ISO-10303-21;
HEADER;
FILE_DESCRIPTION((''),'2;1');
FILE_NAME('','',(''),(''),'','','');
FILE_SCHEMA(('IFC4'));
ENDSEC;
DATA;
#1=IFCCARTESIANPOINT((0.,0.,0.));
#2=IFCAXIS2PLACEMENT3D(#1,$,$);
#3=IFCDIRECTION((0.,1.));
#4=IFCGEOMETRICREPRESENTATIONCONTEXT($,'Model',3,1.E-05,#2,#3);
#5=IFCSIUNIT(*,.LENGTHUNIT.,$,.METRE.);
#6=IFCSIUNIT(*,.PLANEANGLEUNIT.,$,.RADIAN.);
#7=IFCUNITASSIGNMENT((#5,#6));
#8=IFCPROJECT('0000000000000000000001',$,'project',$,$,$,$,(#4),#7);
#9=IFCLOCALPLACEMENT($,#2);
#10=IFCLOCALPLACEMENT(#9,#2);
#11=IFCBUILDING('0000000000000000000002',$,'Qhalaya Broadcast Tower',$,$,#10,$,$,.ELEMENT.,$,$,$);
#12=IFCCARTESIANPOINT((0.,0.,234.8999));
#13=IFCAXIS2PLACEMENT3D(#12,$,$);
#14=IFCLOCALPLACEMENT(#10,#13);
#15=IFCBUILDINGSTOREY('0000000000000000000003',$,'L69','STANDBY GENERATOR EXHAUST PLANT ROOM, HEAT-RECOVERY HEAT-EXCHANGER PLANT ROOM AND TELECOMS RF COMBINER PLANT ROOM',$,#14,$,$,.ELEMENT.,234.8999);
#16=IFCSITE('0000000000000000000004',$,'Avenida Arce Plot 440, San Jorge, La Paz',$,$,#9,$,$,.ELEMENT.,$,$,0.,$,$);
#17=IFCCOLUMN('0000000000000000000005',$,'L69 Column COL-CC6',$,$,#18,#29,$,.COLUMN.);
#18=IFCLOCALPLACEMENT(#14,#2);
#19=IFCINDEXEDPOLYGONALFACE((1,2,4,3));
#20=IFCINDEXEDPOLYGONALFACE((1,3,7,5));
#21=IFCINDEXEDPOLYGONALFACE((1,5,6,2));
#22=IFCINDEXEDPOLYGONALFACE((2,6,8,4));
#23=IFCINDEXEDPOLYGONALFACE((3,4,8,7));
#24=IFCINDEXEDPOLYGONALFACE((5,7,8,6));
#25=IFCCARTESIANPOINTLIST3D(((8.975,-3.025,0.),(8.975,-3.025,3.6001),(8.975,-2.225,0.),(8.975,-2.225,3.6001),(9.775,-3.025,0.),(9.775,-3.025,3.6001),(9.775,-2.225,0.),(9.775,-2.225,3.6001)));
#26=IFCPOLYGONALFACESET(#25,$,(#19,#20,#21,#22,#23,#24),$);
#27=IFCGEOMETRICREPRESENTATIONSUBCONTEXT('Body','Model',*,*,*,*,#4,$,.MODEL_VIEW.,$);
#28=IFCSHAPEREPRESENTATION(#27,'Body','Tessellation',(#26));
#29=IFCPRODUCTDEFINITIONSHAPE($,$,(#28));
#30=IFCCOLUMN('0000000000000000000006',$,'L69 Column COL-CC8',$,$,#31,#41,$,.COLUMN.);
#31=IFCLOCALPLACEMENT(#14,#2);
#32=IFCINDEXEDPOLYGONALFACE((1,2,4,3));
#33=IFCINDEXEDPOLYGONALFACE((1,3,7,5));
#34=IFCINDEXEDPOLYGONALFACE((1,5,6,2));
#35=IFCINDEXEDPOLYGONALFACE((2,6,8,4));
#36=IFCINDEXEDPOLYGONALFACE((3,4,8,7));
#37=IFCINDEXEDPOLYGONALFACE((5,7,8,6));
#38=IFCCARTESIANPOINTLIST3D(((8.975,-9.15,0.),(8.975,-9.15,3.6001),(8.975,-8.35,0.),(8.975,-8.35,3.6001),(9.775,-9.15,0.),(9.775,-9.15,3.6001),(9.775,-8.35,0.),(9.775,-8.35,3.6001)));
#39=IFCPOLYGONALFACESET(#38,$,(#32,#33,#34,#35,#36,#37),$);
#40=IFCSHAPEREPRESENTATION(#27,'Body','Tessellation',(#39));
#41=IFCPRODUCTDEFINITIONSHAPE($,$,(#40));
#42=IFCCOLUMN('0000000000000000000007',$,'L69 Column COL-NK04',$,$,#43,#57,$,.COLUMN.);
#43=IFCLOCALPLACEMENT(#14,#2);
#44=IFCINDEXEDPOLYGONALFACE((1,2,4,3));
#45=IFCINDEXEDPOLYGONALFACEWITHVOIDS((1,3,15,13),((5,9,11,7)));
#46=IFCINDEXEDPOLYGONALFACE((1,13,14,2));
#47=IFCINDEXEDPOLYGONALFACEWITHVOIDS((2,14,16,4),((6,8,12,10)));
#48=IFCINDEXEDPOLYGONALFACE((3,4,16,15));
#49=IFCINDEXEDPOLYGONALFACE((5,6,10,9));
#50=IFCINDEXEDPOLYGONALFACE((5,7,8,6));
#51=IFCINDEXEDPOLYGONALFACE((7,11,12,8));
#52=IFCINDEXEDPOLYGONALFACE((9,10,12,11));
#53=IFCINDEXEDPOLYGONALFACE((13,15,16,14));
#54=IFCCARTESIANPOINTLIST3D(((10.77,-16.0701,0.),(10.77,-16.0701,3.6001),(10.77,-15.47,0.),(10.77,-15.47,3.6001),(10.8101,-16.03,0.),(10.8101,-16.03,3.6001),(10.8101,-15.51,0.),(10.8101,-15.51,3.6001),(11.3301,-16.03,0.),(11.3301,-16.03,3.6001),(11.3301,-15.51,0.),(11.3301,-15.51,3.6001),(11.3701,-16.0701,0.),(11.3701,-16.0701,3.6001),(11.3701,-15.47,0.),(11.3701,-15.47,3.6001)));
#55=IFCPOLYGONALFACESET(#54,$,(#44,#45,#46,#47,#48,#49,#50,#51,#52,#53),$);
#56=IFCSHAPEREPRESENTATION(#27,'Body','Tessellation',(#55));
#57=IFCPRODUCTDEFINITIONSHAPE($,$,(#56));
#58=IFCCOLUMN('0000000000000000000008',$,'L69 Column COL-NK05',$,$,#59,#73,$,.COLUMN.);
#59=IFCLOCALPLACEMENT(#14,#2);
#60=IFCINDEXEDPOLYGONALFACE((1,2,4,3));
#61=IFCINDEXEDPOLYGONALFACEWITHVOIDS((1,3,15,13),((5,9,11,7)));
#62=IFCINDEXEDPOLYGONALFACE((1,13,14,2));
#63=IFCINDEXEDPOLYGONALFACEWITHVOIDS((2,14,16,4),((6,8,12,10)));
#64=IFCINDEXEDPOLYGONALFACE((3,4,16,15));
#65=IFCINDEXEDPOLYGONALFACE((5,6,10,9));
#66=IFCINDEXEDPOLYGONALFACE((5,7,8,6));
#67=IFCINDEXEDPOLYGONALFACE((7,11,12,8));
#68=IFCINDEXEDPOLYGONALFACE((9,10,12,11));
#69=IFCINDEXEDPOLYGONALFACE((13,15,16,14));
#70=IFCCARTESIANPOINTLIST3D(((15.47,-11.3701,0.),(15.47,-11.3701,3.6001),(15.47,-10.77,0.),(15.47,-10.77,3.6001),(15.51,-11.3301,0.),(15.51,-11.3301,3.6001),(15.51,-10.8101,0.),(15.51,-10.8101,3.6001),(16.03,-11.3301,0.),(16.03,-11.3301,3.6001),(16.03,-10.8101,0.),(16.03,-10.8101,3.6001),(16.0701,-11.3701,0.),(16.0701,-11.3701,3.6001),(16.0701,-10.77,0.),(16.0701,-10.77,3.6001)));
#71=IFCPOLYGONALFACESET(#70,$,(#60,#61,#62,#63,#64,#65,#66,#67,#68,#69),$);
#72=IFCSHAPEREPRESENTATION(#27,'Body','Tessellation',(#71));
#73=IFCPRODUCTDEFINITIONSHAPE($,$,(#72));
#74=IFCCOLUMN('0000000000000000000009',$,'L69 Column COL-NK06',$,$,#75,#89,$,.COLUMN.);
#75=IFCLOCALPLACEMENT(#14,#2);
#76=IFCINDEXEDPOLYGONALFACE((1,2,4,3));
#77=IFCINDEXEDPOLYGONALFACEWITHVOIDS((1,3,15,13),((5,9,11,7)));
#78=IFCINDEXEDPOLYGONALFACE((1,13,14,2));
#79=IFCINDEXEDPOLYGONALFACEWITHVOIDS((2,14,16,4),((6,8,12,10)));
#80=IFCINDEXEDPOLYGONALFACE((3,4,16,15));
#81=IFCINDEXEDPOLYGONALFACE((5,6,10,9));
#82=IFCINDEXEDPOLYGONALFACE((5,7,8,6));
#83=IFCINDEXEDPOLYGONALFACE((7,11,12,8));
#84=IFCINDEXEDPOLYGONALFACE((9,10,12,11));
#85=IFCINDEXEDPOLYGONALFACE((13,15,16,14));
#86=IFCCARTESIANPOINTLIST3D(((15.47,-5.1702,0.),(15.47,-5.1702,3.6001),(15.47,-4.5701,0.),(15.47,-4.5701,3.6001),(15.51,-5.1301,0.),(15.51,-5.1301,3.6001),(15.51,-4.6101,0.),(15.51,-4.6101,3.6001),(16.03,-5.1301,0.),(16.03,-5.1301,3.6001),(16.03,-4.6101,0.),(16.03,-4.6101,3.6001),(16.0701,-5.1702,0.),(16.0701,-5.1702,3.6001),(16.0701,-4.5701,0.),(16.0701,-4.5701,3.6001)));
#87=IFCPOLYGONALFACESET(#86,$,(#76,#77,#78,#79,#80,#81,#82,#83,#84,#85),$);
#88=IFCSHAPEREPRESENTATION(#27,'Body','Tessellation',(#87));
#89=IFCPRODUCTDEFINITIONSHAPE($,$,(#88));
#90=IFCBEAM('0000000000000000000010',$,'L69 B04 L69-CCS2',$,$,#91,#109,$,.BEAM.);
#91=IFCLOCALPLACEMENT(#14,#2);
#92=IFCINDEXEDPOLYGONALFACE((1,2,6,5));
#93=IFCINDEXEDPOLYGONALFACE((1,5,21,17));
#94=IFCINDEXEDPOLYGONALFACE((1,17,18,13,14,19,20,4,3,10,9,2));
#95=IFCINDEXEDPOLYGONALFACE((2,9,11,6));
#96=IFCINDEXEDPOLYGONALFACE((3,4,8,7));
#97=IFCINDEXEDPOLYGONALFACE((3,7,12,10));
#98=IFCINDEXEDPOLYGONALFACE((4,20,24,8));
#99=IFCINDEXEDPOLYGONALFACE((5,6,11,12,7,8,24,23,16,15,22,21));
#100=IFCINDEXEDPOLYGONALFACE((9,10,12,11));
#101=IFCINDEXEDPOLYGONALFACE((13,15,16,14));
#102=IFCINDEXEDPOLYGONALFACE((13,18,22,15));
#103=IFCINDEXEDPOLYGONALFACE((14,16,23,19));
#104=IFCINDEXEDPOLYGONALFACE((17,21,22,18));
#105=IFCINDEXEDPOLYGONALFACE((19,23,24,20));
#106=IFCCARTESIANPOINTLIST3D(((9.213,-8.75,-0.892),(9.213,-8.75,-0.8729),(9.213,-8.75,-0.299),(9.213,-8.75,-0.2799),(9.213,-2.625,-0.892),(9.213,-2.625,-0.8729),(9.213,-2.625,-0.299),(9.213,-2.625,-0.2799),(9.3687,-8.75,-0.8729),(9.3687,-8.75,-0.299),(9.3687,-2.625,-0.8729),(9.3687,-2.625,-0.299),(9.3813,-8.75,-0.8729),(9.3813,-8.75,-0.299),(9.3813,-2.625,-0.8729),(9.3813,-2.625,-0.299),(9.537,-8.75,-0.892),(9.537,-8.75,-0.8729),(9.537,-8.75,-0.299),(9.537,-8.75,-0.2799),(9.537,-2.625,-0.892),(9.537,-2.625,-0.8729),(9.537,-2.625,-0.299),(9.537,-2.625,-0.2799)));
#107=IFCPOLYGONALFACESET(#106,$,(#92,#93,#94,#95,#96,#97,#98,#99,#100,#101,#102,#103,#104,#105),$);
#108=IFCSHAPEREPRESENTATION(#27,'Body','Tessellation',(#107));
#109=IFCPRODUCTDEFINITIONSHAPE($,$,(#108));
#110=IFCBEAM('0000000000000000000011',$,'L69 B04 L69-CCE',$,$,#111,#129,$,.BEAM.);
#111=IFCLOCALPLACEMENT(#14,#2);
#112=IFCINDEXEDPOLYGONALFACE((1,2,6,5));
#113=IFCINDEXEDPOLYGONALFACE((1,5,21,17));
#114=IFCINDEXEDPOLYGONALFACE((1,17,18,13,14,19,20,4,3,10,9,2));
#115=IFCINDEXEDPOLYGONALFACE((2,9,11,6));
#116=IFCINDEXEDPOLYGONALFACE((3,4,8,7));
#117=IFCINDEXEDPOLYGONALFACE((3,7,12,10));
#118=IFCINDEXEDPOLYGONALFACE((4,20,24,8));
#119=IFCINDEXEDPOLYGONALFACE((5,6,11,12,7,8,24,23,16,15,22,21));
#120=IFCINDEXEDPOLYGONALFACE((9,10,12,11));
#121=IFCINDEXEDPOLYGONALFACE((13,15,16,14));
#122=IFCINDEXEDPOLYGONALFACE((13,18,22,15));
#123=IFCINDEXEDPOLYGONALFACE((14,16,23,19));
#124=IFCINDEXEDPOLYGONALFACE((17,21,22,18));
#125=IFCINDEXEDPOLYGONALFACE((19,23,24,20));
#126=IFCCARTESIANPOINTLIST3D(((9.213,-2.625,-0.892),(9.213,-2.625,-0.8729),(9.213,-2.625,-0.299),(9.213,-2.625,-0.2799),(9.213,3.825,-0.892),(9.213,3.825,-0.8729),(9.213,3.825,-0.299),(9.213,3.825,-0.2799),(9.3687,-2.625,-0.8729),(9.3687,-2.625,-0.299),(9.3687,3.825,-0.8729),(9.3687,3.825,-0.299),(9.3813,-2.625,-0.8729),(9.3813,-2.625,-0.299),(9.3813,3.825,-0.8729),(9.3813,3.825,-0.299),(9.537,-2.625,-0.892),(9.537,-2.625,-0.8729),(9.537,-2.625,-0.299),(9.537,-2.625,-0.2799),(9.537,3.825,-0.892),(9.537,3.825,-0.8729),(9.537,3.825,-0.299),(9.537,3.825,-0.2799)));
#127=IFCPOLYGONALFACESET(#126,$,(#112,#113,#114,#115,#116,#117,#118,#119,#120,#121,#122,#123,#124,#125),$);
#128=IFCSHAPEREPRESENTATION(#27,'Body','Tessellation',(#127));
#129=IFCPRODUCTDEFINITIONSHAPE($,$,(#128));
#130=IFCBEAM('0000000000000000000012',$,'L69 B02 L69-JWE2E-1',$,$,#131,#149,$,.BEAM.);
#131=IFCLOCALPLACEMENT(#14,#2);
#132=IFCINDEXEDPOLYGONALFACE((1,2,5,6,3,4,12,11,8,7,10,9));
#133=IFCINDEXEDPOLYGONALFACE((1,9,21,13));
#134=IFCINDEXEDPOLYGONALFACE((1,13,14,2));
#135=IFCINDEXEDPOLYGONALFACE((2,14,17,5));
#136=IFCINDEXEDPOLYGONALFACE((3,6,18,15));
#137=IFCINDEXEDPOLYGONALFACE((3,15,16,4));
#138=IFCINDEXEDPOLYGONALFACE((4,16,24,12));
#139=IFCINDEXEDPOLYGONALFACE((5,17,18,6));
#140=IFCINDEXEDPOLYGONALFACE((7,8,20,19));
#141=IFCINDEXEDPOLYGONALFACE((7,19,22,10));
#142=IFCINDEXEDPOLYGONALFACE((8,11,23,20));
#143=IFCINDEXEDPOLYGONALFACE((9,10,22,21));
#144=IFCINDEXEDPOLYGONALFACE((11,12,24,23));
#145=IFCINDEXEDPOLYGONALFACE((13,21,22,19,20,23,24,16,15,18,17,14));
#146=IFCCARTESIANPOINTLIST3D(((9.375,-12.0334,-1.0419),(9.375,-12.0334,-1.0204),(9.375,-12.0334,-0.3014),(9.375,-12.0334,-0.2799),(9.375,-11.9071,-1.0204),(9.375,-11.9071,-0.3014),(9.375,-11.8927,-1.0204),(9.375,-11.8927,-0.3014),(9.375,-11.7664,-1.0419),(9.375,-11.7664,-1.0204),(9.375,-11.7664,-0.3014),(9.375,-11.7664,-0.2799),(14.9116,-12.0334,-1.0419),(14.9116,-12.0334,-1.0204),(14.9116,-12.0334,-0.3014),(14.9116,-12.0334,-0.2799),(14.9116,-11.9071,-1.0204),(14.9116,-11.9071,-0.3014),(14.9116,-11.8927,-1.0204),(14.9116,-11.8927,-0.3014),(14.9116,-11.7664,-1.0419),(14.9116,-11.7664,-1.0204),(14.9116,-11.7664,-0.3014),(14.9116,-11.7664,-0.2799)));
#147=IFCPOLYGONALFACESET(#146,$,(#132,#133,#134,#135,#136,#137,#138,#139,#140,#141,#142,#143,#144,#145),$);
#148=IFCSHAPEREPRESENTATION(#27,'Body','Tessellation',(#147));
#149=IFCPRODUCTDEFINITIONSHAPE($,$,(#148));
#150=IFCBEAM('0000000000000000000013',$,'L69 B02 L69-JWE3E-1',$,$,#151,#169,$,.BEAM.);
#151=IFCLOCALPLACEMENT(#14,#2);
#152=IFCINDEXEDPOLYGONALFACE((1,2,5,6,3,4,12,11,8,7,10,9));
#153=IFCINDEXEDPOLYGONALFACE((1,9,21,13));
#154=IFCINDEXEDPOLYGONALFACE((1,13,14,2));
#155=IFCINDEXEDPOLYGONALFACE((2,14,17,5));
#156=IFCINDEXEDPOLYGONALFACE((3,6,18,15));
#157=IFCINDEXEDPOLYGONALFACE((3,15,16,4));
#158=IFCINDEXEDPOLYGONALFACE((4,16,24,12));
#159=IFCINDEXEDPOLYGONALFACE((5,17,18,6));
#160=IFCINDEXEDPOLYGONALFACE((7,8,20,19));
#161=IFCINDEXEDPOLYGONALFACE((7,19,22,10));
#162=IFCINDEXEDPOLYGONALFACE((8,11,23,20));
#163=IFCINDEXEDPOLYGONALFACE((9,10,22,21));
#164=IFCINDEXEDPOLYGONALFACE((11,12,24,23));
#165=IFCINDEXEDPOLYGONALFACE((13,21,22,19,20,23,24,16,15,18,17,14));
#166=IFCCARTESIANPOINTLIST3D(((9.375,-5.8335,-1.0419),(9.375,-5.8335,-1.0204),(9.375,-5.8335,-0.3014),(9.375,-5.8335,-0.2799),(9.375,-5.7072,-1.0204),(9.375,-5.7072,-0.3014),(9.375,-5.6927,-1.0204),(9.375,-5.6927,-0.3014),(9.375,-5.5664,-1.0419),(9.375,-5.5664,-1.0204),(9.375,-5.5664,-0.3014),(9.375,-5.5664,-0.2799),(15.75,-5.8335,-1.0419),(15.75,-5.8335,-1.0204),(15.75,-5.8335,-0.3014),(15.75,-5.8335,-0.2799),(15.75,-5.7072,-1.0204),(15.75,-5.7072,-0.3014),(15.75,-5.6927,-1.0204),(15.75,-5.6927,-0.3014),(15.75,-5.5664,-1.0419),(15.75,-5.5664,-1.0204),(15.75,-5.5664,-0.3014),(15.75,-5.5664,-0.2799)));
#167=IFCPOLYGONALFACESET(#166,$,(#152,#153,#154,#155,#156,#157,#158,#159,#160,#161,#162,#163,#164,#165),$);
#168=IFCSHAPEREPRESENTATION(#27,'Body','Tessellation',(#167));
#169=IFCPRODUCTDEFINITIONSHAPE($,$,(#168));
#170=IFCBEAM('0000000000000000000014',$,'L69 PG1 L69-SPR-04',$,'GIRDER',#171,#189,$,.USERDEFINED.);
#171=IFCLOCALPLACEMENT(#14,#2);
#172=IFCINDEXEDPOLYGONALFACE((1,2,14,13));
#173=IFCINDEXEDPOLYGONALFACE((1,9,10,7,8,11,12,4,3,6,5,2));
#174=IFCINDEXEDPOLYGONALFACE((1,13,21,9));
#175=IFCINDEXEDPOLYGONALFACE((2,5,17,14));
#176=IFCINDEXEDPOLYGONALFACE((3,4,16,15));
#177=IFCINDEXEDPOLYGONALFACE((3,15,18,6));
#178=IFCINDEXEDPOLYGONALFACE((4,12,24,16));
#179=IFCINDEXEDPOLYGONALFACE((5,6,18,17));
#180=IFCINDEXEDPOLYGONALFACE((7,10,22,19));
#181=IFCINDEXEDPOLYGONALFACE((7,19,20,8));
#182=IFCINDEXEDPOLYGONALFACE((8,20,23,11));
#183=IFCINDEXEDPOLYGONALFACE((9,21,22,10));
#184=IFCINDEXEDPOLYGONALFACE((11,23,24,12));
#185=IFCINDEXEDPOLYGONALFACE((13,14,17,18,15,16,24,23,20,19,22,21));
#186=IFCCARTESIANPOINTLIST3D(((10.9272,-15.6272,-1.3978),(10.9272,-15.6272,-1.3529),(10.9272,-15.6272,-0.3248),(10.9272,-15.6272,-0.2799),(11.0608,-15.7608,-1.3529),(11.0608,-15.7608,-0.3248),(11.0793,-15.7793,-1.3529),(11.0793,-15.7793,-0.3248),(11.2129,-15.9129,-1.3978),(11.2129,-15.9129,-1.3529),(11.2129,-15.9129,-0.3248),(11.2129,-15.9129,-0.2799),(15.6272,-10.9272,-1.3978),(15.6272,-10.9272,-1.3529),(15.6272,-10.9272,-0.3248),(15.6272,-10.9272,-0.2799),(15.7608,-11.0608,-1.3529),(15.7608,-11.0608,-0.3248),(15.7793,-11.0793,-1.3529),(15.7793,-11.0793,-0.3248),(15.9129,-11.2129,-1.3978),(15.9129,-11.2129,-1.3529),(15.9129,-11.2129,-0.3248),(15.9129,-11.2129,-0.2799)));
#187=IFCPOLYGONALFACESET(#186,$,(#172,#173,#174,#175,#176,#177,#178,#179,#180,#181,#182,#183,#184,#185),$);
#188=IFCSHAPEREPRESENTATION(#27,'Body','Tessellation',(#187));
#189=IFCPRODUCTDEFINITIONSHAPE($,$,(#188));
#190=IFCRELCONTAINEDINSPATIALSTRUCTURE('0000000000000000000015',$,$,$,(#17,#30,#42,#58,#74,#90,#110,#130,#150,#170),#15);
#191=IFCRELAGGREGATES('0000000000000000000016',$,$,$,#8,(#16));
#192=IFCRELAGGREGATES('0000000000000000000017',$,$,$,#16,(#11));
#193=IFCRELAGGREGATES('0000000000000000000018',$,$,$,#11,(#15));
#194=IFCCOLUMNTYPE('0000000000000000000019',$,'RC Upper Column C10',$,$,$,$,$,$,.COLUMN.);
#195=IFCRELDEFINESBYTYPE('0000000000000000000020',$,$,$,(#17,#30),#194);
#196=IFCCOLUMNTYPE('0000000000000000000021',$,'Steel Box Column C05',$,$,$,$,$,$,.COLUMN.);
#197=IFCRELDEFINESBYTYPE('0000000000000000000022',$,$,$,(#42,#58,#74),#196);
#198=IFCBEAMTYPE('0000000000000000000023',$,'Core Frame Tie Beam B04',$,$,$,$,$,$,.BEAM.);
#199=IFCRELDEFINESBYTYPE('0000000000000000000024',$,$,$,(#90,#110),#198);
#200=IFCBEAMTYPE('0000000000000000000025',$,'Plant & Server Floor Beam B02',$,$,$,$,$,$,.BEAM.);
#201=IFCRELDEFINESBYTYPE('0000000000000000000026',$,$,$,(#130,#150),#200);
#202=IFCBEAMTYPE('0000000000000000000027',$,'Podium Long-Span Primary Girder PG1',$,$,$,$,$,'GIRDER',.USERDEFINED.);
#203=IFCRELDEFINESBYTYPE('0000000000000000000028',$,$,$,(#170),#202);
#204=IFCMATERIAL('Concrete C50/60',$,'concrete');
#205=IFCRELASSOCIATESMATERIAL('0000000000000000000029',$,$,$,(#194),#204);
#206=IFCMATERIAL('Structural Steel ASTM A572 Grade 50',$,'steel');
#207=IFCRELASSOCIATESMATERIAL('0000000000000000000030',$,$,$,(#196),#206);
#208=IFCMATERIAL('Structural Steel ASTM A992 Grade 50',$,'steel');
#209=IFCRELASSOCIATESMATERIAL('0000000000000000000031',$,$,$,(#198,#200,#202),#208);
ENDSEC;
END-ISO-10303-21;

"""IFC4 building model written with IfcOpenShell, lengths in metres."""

from ifc_helpers import new_model, si_unit, direction, frame, origin, origin_2d, place, context, subcontext, project, spatial, rectangle, hollow_rectangle, i_section, extrude, material, material_profile, profile_set, type_object, element, save


model = new_model("IFC4")

# Units and contexts
model_context = context("Model", 3, precision=1e-05, world=origin(), true_north=direction((0.0, 1.0)))
body_context = subcontext(model_context, "Body", "Model", "MODEL_VIEW")
ifc_project = project(units=[si_unit("LENGTHUNIT", "METRE"), si_unit("PLANEANGLEUNIT", "RADIAN")], contexts=[model_context])

# Site, building, storey
site_placement = place(None, origin())
site = spatial("IfcSite", under=ifc_project, at=site_placement, Name="Avenida Arce Plot 440, San Jorge, La Paz", CompositionType="ELEMENT", RefElevation=0.0)
building_placement = place(site_placement, origin())
building = spatial("IfcBuilding", under=site, at=building_placement, Name="Qhalaya Broadcast Tower", CompositionType="ELEMENT")
storey_placement = place(building_placement, frame((0.0, 0.0, 234.8999)))
storey = spatial("IfcBuildingStorey", under=building, at=storey_placement, Name="L69", Description="STANDBY GENERATOR EXHAUST PLANT ROOM, HEAT-RECOVERY HEAT-EXCHANGER PLANT ROOM AND TELECOMS RF COMBINER PLANT ROOM", CompositionType="ELEMENT", Elevation=234.8999)

# Columns
ifc_material_1 = material(Name="Concrete C50/60", Category="concrete")
ifc_material_profile_1 = material_profile(ifc_material_1, rectangle(XDim=0.8, YDim=0.8, at=origin_2d()), Name="RC-COL 800x800")
ifc_profile_set_1 = profile_set([ifc_material_profile_1], Name="Concrete C50/60")
column_type_1 = type_object("IfcColumnType", Name="RC Upper Column C10", PredefinedType="COLUMN", material=ifc_profile_set_1)
for number, where, z_axis, x_axis, name in (
    (1, (9.375, -2.625, 0.0), (0.0, 0.0, 1.0), (1.0, 0.0, 0.0), "L69 Column COL-CC6"),
    (2, (9.375, -8.75, 0.0), (0.0, 0.0, 1.0), (1.0, 0.0, 0.0), "L69 Column COL-CC8"),
):
    element("IfcColumn", number, at=place(storey_placement, frame(where, z_axis=z_axis, x_axis=x_axis)), inside=storey, type_object=column_type_1, Name=name, PredefinedType="COLUMN", context=body_context, shape_type="SweptSolid", body=[
        extrude(rectangle(XDim=0.8, YDim=0.8, at=origin_2d()), origin(), (0.0, 0.0, 1.0), 3.6001),
    ])
ifc_material_2 = material(Name="Structural Steel ASTM A572 Grade 50", Category="steel")
ifc_material_profile_2 = material_profile(ifc_material_2, hollow_rectangle(XDim=0.6001, YDim=0.6001, WallThickness=0.04, at=origin_2d()), Name="BOX 600x600x40")
ifc_profile_set_2 = profile_set([ifc_material_profile_2], Name="Structural Steel ASTM A572 Grade 50")
column_type_2 = type_object("IfcColumnType", Name="Steel Box Column C05", PredefinedType="COLUMN", material=ifc_profile_set_2)
for number, where, z_axis, x_axis, name in (
    (3, (11.0701, -15.77, 0.0), (0.0, 0.0, 1.0), (1.0, 0.0, 0.0), "L69 Column COL-NK04"),
    (4, (15.77, -11.0701, 0.0), (0.0, 0.0, 1.0), (0.0, 1.0, 0.0), "L69 Column COL-NK05"),
    (5, (15.77, -4.8701, 0.0), (0.0, 0.0, 1.0), (0.0, 1.0, 0.0), "L69 Column COL-NK06"),
):
    element("IfcColumn", number, at=place(storey_placement, frame(where, z_axis=z_axis, x_axis=x_axis)), inside=storey, type_object=column_type_2, Name=name, PredefinedType="COLUMN", context=body_context, shape_type="SweptSolid", body=[
        extrude(hollow_rectangle(XDim=0.6001, YDim=0.6001, WallThickness=0.04, at=origin_2d()), origin(), (0.0, 0.0, 1.0), 3.6001),
    ])

# Beams
ifc_material_3 = material(Name="Structural Steel ASTM A992 Grade 50", Category="steel")
ifc_material_profile_3 = material_profile(ifc_material_3, i_section(OverallWidth=0.324, OverallDepth=0.6121, WebThickness=0.0127, FlangeThickness=0.019, at=origin_2d()), Name="W24X104")
ifc_profile_set_3 = profile_set([ifc_material_profile_3], Name="Structural Steel ASTM A992 Grade 50")
beam_type_1 = type_object("IfcBeamType", Name="Core Frame Tie Beam B04", PredefinedType="BEAM", material=ifc_profile_set_3)
beam_1_placement = place(storey_placement, frame((9.375, -8.75, -0.5859), z_axis=(0.0, 1.0, 0.0), x_axis=(-1.0, 0.0, 0.0)))
element("IfcBeam", 6, at=beam_1_placement, inside=storey, type_object=beam_type_1, Name="L69 B04 L69-CCS2", PredefinedType="BEAM", context=body_context, shape_type="SweptSolid", body=[
    extrude(i_section(OverallWidth=0.324, OverallDepth=0.6121, WebThickness=0.0127, FlangeThickness=0.019, at=origin_2d()), origin(), (0.0, 0.0, 1.0), 6.125),
])
beam_2_placement = place(storey_placement, frame((9.375, -2.625, -0.5859), z_axis=(0.0, 1.0, 0.0), x_axis=(-1.0, 0.0, 0.0)))
element("IfcBeam", 7, at=beam_2_placement, inside=storey, type_object=beam_type_1, Name="L69 B04 L69-CCE", PredefinedType="BEAM", context=body_context, shape_type="SweptSolid", body=[
    extrude(i_section(OverallWidth=0.324, OverallDepth=0.6121, WebThickness=0.0127, FlangeThickness=0.019, at=origin_2d()), origin(), (0.0, 0.0, 1.0), 6.45),
])
ifc_material_profile_4 = material_profile(ifc_material_3, i_section(OverallWidth=0.2671, OverallDepth=0.762, WebThickness=0.0144, FlangeThickness=0.0215, at=origin_2d()), Name="W30X116")
ifc_profile_set_4 = profile_set([ifc_material_profile_4], Name="Structural Steel ASTM A992 Grade 50")
beam_type_2 = type_object("IfcBeamType", Name="Plant & Server Floor Beam B02", PredefinedType="BEAM", material=ifc_profile_set_4)
beam_3_placement = place(storey_placement, frame((9.375, -11.8999, -0.6609), z_axis=(1.0, 0.0, 0.0), x_axis=(0.0, 1.0, 0.0)))
element("IfcBeam", 8, at=beam_3_placement, inside=storey, type_object=beam_type_2, Name="L69 B02 L69-JWE2E-1", PredefinedType="BEAM", context=body_context, shape_type="SweptSolid", body=[
    extrude(i_section(OverallWidth=0.2671, OverallDepth=0.762, WebThickness=0.0144, FlangeThickness=0.0215, at=origin_2d()), origin(), (0.0, 0.0, 1.0), 5.5366),
])
beam_4_placement = place(storey_placement, frame((9.375, -5.7, -0.6609), z_axis=(1.0, 0.0, 0.0), x_axis=(0.0, 1.0, 0.0)))
element("IfcBeam", 9, at=beam_4_placement, inside=storey, type_object=beam_type_2, Name="L69 B02 L69-JWE3E-1", PredefinedType="BEAM", context=body_context, shape_type="SweptSolid", body=[
    extrude(i_section(OverallWidth=0.2671, OverallDepth=0.762, WebThickness=0.0144, FlangeThickness=0.0215, at=origin_2d()), origin(), (0.0, 0.0, 1.0), 6.375),
])
ifc_material_profile_5 = material_profile(ifc_material_3, i_section(OverallWidth=0.4041, OverallDepth=1.1179, WebThickness=0.0261, FlangeThickness=0.0449, at=origin_2d()), Name="W44X335")
ifc_profile_set_5 = profile_set([ifc_material_profile_5], Name="Structural Steel ASTM A992 Grade 50")
beam_type_3 = type_object("IfcBeamType", Name="Podium Long-Span Primary Girder PG1", ElementType="GIRDER", PredefinedType="USERDEFINED", material=ifc_profile_set_5)
beam_5_placement = place(storey_placement, frame((11.0701, -15.77, -0.8389), z_axis=(0.707107, 0.707107, 0.0), x_axis=(-0.707107, 0.707107, 0.0)))
element("IfcBeam", 10, at=beam_5_placement, inside=storey, type_object=beam_type_3, Name="L69 PG1 L69-SPR-04", ObjectType="GIRDER", PredefinedType="USERDEFINED", context=body_context, shape_type="SweptSolid", body=[
    extrude(i_section(OverallWidth=0.4041, OverallDepth=1.1179, WebThickness=0.0261, FlangeThickness=0.0449, at=origin_2d()), origin(), (0.0, 0.0, 1.0), 6.6467),
])

save(model, "model.ifc")
